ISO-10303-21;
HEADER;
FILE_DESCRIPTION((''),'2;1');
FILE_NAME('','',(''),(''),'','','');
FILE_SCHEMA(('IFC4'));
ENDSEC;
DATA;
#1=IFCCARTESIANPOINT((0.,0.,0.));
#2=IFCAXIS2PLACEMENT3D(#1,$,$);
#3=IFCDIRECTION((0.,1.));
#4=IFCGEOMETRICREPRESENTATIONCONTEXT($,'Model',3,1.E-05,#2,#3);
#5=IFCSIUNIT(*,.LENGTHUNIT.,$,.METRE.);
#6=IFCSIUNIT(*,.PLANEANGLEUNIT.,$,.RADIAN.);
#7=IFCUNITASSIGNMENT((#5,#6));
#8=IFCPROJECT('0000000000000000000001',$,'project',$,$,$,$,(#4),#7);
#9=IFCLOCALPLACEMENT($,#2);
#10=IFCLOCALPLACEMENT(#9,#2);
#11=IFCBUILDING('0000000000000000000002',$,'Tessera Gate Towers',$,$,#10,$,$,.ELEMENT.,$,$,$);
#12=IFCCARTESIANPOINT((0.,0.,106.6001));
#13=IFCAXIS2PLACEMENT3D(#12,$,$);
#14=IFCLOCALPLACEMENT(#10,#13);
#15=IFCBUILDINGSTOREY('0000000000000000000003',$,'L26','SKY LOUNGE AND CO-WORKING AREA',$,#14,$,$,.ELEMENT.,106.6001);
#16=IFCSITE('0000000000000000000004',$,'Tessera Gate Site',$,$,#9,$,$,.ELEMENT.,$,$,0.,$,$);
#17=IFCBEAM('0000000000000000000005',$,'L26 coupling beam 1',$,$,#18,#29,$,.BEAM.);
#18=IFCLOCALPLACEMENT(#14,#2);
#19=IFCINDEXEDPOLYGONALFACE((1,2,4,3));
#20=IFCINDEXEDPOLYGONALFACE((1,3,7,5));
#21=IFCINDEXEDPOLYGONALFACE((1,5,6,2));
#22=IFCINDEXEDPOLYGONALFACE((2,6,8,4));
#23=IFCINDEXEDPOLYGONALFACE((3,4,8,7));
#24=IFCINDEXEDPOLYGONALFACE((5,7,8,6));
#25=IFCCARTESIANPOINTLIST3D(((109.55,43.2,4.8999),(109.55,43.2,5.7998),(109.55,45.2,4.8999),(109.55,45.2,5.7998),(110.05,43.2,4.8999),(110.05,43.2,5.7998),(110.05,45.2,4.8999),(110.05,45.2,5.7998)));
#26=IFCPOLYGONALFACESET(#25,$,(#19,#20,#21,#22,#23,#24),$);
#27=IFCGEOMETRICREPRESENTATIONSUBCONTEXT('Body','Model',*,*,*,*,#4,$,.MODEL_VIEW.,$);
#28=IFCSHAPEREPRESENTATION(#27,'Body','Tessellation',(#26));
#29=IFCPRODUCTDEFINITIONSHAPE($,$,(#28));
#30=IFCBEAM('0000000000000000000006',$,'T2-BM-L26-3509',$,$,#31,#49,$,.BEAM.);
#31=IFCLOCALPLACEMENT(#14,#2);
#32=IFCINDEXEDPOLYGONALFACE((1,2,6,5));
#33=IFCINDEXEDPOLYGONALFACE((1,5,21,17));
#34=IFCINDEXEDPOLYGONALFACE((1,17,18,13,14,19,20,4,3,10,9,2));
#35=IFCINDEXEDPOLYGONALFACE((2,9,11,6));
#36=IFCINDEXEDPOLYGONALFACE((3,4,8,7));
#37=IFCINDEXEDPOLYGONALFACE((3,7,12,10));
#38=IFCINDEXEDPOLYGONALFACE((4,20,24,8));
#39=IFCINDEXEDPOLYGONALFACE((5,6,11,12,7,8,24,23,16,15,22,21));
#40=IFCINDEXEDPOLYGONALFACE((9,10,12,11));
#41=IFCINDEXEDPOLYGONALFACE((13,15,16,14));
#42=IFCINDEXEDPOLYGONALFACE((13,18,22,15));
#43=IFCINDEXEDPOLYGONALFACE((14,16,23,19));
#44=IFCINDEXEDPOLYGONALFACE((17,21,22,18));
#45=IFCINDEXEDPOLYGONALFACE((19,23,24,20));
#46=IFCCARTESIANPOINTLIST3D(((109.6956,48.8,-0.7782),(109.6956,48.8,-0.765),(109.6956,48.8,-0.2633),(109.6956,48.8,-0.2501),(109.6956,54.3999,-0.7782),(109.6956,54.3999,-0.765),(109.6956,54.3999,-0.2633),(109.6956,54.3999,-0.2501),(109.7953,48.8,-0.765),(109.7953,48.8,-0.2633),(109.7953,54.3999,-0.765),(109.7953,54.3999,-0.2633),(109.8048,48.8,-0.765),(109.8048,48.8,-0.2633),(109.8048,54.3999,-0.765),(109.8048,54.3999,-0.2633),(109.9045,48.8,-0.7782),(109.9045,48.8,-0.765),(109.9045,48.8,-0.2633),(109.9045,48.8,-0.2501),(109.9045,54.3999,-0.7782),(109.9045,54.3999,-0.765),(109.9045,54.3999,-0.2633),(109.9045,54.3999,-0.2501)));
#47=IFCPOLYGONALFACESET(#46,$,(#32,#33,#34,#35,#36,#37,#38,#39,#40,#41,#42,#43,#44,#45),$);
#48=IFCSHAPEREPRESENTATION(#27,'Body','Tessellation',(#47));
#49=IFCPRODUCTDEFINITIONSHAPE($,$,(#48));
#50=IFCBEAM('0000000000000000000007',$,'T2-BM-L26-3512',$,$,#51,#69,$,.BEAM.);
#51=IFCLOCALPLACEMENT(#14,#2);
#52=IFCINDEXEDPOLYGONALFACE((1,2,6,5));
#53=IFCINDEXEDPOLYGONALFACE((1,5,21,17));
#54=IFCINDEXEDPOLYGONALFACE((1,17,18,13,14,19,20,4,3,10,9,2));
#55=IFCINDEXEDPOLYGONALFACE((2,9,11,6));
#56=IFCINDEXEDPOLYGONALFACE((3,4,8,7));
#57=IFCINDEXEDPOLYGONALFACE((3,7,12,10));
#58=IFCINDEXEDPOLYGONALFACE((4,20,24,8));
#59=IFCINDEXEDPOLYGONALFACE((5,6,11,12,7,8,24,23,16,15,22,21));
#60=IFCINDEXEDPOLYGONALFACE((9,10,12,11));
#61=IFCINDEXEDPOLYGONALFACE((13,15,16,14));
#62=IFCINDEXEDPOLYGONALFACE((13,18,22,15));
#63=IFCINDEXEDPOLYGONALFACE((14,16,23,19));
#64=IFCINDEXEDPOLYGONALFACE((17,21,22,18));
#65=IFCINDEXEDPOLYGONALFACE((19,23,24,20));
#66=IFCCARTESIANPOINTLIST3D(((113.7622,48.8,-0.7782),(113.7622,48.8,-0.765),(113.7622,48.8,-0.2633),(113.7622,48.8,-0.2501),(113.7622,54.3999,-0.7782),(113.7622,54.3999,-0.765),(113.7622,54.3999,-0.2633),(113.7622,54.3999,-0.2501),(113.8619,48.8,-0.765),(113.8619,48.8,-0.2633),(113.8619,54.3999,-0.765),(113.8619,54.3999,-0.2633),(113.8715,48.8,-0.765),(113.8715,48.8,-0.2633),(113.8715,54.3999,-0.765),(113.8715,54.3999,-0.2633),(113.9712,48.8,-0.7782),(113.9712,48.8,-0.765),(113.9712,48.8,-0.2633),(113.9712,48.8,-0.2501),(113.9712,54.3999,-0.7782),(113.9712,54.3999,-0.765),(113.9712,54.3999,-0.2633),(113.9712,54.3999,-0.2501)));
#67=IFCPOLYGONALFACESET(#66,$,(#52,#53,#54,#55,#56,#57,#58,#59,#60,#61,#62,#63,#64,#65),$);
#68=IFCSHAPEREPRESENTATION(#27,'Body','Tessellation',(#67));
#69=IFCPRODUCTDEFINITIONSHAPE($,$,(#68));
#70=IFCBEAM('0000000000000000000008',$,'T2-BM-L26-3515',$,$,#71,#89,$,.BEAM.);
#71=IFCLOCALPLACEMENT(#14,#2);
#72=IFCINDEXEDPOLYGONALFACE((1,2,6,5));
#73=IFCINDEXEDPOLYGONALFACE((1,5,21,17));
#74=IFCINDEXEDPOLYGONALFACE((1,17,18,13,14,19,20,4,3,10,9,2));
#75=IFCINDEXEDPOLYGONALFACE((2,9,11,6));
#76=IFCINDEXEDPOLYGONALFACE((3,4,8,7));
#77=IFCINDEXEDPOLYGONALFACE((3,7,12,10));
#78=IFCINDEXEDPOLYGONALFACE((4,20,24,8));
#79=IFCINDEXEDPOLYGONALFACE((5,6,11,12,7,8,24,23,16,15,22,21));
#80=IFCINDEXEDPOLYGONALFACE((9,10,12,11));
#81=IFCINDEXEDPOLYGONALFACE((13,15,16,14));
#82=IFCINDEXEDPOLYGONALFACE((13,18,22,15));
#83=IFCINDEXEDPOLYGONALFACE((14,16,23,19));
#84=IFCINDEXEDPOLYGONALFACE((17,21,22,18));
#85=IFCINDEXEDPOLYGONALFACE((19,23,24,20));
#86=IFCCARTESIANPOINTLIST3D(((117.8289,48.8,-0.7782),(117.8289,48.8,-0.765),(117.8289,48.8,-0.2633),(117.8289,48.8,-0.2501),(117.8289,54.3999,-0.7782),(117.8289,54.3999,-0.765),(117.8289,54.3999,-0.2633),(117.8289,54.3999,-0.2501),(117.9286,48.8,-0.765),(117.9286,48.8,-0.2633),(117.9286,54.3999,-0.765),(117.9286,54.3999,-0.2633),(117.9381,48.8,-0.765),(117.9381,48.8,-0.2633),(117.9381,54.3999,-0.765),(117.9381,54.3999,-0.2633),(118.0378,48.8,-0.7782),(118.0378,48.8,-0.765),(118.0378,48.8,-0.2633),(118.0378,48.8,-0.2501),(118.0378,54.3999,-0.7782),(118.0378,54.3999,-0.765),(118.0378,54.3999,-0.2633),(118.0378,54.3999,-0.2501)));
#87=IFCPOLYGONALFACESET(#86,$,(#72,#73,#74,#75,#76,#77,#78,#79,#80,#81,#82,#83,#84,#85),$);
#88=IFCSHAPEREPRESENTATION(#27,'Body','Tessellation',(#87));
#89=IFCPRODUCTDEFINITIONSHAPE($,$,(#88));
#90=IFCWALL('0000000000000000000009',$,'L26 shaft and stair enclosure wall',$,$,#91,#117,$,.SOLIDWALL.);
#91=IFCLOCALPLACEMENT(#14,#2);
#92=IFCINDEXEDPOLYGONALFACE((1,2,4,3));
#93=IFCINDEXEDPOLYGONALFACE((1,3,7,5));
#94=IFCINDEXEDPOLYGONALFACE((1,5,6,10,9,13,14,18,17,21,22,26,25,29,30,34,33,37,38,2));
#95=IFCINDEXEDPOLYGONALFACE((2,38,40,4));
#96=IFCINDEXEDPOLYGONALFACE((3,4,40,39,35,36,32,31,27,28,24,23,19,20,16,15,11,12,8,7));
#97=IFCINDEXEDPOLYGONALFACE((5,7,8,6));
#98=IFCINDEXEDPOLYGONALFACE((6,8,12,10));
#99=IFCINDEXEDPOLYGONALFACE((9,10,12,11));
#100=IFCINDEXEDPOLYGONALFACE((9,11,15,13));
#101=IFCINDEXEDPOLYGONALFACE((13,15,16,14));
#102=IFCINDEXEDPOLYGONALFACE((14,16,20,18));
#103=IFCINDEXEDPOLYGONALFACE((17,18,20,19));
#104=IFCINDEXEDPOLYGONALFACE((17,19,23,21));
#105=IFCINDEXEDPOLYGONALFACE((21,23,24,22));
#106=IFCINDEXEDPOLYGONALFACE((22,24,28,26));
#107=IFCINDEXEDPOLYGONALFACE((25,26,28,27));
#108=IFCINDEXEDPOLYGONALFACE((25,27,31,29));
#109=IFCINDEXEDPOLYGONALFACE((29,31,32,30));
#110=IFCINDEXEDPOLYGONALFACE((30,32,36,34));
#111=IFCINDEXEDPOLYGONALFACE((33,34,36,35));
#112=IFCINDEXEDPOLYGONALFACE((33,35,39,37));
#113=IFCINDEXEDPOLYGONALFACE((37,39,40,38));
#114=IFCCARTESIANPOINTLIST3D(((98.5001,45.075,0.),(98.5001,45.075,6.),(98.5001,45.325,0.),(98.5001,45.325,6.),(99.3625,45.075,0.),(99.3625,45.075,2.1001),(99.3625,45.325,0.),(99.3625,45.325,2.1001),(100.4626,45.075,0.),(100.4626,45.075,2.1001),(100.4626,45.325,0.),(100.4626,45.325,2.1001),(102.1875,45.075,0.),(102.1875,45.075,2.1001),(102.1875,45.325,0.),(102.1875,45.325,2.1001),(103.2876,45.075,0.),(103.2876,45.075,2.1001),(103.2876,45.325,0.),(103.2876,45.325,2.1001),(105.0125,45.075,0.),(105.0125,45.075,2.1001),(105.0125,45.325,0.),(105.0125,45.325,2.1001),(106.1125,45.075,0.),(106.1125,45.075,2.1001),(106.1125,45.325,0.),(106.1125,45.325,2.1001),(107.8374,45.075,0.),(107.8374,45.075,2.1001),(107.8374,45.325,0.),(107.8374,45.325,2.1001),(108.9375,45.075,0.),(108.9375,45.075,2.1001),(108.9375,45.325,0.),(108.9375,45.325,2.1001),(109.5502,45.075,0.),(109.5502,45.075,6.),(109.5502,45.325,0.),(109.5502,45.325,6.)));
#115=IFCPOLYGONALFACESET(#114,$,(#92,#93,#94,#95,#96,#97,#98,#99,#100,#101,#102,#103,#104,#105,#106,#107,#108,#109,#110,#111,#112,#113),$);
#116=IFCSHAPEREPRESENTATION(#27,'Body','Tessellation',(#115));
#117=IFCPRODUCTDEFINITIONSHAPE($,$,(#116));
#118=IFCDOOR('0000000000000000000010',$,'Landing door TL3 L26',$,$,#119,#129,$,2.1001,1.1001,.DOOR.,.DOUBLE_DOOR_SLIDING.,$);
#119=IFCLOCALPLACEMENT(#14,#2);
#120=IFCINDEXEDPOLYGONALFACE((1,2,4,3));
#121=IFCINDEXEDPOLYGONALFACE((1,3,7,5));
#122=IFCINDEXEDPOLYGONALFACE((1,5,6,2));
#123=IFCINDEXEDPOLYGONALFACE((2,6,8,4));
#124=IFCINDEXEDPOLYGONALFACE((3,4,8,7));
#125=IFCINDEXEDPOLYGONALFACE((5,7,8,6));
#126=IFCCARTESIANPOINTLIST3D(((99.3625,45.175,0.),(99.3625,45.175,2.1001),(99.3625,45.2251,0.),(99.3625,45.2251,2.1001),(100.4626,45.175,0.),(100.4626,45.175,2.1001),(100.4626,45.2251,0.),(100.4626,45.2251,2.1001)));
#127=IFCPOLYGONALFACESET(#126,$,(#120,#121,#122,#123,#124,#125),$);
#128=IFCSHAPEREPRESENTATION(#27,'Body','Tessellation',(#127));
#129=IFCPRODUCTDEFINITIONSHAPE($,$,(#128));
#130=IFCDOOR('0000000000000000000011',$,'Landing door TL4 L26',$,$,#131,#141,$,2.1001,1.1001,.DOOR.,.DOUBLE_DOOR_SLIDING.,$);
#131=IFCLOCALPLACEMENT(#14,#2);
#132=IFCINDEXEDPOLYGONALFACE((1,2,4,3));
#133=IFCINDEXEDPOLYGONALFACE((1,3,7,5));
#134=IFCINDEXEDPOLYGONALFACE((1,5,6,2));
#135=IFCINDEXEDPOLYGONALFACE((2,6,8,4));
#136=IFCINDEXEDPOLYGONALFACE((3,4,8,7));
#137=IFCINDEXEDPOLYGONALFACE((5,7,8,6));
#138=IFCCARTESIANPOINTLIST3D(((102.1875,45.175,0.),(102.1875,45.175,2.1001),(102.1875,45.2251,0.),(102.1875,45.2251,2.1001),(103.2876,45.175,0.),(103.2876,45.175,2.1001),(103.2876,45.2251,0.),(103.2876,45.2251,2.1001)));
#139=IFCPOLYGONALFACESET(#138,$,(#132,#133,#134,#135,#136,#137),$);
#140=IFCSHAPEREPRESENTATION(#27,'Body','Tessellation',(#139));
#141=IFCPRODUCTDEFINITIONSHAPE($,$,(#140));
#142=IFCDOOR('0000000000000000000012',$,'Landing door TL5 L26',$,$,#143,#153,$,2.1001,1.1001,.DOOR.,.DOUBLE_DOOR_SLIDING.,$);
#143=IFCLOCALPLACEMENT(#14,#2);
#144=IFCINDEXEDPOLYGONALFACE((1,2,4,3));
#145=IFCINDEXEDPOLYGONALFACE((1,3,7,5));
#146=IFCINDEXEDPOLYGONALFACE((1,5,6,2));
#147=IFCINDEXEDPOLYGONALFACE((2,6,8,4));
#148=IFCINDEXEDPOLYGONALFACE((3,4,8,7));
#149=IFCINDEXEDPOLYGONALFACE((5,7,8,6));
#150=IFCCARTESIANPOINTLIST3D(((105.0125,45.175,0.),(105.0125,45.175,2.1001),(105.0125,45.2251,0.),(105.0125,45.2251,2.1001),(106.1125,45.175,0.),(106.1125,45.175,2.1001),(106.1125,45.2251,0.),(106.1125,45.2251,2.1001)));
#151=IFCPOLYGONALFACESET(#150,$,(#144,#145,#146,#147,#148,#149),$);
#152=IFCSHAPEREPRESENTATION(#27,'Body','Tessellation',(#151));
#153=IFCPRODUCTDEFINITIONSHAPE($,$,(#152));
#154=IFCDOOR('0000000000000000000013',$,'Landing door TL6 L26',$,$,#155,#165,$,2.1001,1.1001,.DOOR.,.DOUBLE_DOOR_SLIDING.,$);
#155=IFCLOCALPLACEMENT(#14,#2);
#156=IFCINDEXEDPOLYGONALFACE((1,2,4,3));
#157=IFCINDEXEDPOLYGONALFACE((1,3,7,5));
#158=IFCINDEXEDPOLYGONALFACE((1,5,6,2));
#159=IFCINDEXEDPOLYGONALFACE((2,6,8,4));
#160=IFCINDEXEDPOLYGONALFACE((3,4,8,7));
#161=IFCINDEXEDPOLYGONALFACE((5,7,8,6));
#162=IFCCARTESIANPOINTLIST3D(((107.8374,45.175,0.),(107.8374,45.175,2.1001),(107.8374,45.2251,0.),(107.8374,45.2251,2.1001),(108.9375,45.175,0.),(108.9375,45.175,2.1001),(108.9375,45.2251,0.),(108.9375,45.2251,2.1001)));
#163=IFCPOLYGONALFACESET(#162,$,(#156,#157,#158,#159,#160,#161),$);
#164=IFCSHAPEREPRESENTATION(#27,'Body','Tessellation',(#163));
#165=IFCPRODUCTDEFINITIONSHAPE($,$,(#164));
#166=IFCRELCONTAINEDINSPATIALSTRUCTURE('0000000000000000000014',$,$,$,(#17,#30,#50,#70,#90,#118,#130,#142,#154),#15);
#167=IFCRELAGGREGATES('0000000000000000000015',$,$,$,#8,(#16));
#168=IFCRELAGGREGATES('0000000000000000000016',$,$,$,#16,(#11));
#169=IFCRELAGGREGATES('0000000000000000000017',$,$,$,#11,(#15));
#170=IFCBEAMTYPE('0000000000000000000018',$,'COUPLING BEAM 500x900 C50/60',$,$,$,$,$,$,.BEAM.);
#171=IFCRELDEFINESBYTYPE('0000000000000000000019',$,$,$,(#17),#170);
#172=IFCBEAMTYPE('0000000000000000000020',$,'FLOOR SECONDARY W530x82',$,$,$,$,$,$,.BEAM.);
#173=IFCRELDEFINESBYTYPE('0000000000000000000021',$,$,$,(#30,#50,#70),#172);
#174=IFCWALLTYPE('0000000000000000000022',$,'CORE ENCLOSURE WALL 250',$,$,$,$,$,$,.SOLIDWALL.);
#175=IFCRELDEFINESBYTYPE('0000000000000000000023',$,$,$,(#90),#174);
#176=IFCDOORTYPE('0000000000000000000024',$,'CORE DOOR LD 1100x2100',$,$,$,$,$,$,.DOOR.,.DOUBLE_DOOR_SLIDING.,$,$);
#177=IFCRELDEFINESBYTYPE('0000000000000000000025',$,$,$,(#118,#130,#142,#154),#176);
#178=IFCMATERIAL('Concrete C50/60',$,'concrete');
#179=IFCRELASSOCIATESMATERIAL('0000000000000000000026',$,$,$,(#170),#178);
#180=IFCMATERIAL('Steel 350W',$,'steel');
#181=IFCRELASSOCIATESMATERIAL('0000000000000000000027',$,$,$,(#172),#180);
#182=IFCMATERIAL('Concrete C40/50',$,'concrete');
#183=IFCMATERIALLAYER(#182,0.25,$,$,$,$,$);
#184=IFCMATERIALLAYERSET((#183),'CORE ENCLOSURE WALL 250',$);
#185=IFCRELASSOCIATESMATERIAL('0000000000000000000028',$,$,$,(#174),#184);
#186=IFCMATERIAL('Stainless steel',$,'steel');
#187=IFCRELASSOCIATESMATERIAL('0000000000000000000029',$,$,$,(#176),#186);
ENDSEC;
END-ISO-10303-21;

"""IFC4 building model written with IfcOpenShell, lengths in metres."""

from ifc_helpers import new_model, si_unit, direction, frame, frame_2d, origin, origin_2d, place, context, subcontext, project, spatial, rectangle, i_section, extrude, source, transform, mapped, material, layer, layer_set, material_profile, profile_set, type_object, element, fill, save


model = new_model("IFC4")

# Units and contexts
model_context = context("Model", 3, precision=1e-05, world=origin(), true_north=direction((0.0, 1.0)))
body_context = subcontext(model_context, "Body", "Model", "MODEL_VIEW")
ifc_project = project(units=[si_unit("LENGTHUNIT", "METRE"), si_unit("PLANEANGLEUNIT", "RADIAN")], contexts=[model_context])

# Site, building, storey
site_placement = place(None, origin())
site = spatial("IfcSite", under=ifc_project, at=site_placement, Name="Tessera Gate Site", CompositionType="ELEMENT", RefElevation=0.0)
building_placement = place(site_placement, origin())
building = spatial("IfcBuilding", under=site, at=building_placement, Name="Tessera Gate Towers", CompositionType="ELEMENT")
storey_placement = place(building_placement, frame((0.0, 0.0, 106.6001)))
storey = spatial("IfcBuildingStorey", under=building, at=storey_placement, Name="L26", Description="SKY LOUNGE AND CO-WORKING AREA", CompositionType="ELEMENT", Elevation=106.6001)

# Beams
ifc_material_1 = material(Name="Concrete C50/60", Category="concrete")
ifc_material_profile_1 = material_profile(ifc_material_1, rectangle(XDim=0.5, YDim=0.8999, at=origin_2d()), Name="RC 500x900")
ifc_profile_set_1 = profile_set([ifc_material_profile_1], Name="Concrete C50/60")
beam_type_1 = type_object("IfcBeamType", Name="COUPLING BEAM 500x900 C50/60", PredefinedType="BEAM", material=ifc_profile_set_1)
beam_placement = place(storey_placement, frame((109.8, 43.2, 5.3499), z_axis=(0.0, 1.0, 0.0), x_axis=(-1.0, 0.0, 0.0)))
element("IfcBeam", 1, at=beam_placement, inside=storey, type_object=beam_type_1, Name="L26 coupling beam 1", PredefinedType="BEAM", context=body_context, shape_type="SweptSolid", body=[
    extrude(rectangle(XDim=0.5, YDim=0.8999, at=origin_2d()), origin(), (0.0, 0.0, 1.0), 2.0),
])
ifc_material_2 = material(Name="Steel 350W", Category="steel")
ifc_material_profile_2 = material_profile(ifc_material_2, i_section(OverallWidth=0.209, OverallDepth=0.5281, WebThickness=0.0095, FlangeThickness=0.0132, at=origin_2d()), Name="W530x82")
ifc_profile_set_2 = profile_set([ifc_material_profile_2], Name="Steel 350W")
beam_type_2 = type_object("IfcBeamType", Name="FLOOR SECONDARY W530x82", PredefinedType="BEAM", material=ifc_profile_set_2)
for number, where, z_axis, x_axis, name in (
    (2, (109.8, 48.8, -0.5142), (0.0, 1.0, 0.0), (-1.0, 0.0, 0.0), "T2-BM-L26-3509"),
    (3, (113.8667, 48.8, -0.5142), (0.0, 1.0, 0.0), (-1.0, 0.0, 0.0), "T2-BM-L26-3512"),
    (4, (117.9333, 48.8, -0.5142), (0.0, 1.0, 0.0), (-1.0, 0.0, 0.0), "T2-BM-L26-3515"),
):
    element("IfcBeam", number, at=place(storey_placement, frame(where, z_axis=z_axis, x_axis=x_axis)), inside=storey, type_object=beam_type_2, Name=name, PredefinedType="BEAM", context=body_context, shape_type="SweptSolid", body=[
        extrude(i_section(OverallWidth=0.209, OverallDepth=0.5281, WebThickness=0.0095, FlangeThickness=0.0132, at=origin_2d()), origin(), (0.0, 0.0, 1.0), 5.5999),
    ])

# Wall, openings, doors
ifc_material_3 = material(Name="Concrete C40/50", Category="concrete")
ifc_layer_1 = layer(ifc_material_3, 0.25)
ifc_layer_set_1 = layer_set([ifc_layer_1], Name="CORE ENCLOSURE WALL 250")
wall_type_1 = type_object("IfcWallType", Name="CORE ENCLOSURE WALL 250", PredefinedType="SOLIDWALL", material=ifc_layer_set_1)
wall_1_placement = place(storey_placement, frame((109.55, 45.2, 0.0), z_axis=(0.0, 0.0, 1.0), x_axis=(-1.0, 0.0, 0.0)))
wall_1 = element("IfcWall", 5, at=wall_1_placement, inside=storey, type_object=wall_type_1, Name="L26 shaft and stair enclosure wall", PredefinedType="SOLIDWALL", context=body_context, shape_type="SweptSolid", body=[
    extrude(rectangle(XDim=11.05, YDim=0.25, at=frame_2d((5.5249, 0.0))), origin(), (0.0, 0.0, 1.0), 6.0),
])
shared_shape_1 = source(origin(), body_context, "Body", "SweptSolid", [
    extrude(rectangle(XDim=1.1001, YDim=2.1001, at=frame_2d((0.55, 1.05))), frame((0.0, 0.135, 0.0), z_axis=(0.0, -1.0, 0.0), x_axis=(1.0, 0.0, 0.0)), (0.0, 0.0, 1.0), 0.27),
])
opening_1_placement = place(wall_1_placement, frame((9.0874, 0.0, 0.0)))
opening_1 = element("IfcOpeningElement", 6, at=opening_1_placement, cuts=wall_1, PredefinedType="OPENING", context=body_context, shape_type="MappedRepresentation", body=[
    mapped(shared_shape_1, transform((0.0, 0.0, 0.0), scale=1.0)),
])
opening_2_placement = place(wall_1_placement, frame((6.2625, 0.0, 0.0)))
opening_2 = element("IfcOpeningElement", 7, at=opening_2_placement, cuts=wall_1, PredefinedType="OPENING", context=body_context, shape_type="MappedRepresentation", body=[
    mapped(shared_shape_1, transform((0.0, 0.0, 0.0), scale=1.0)),
])
opening_3_placement = place(wall_1_placement, frame((3.4375, 0.0, 0.0)))
opening_3 = element("IfcOpeningElement", 8, at=opening_3_placement, cuts=wall_1, PredefinedType="OPENING", context=body_context, shape_type="MappedRepresentation", body=[
    mapped(shared_shape_1, transform((0.0, 0.0, 0.0), scale=1.0)),
])
opening_4_placement = place(wall_1_placement, frame((0.6125, 0.0, 0.0)))
opening_4 = element("IfcOpeningElement", 9, at=opening_4_placement, cuts=wall_1, PredefinedType="OPENING", context=body_context, shape_type="MappedRepresentation", body=[
    mapped(shared_shape_1, transform((0.0, 0.0, 0.0), scale=1.0)),
])
ifc_material_4 = material(Name="Stainless steel", Category="steel")
door_type_1 = type_object("IfcDoorType", Name="CORE DOOR LD 1100x2100", OperationType="DOUBLE_DOOR_SLIDING", PredefinedType="DOOR", material=ifc_material_4)
shared_shape_2 = source(origin(), body_context, "Body", "SweptSolid", [
    extrude(rectangle(XDim=1.1001, YDim=2.1001, at=frame_2d((0.55, 1.05))), frame((0.0, 0.0249, 0.0), z_axis=(0.0, -1.0, 0.0), x_axis=(1.0, 0.0, 0.0)), (0.0, 0.0, 1.0), 0.05),
])
door_1_placement = place(opening_1_placement, origin())
door_1 = element("IfcDoor", 10, at=door_1_placement, inside=storey, type_object=door_type_1, Name="Landing door TL3 L26", OperationType="DOUBLE_DOOR_SLIDING", OverallHeight=2.1001, OverallWidth=1.1001, PredefinedType="DOOR", context=body_context, shape_type="MappedRepresentation", body=[
    mapped(shared_shape_2, transform((0.0, 0.0, 0.0), scale=1.0)),
])
fill(opening_1, door_1)
door_2_placement = place(opening_2_placement, origin())
door_2 = element("IfcDoor", 11, at=door_2_placement, inside=storey, type_object=door_type_1, Name="Landing door TL4 L26", OperationType="DOUBLE_DOOR_SLIDING", OverallHeight=2.1001, OverallWidth=1.1001, PredefinedType="DOOR", context=body_context, shape_type="MappedRepresentation", body=[
    mapped(shared_shape_2, transform((0.0, 0.0, 0.0), scale=1.0)),
])
fill(opening_2, door_2)
door_3_placement = place(opening_3_placement, origin())
door_3 = element("IfcDoor", 12, at=door_3_placement, inside=storey, type_object=door_type_1, Name="Landing door TL5 L26", OperationType="DOUBLE_DOOR_SLIDING", OverallHeight=2.1001, OverallWidth=1.1001, PredefinedType="DOOR", context=body_context, shape_type="MappedRepresentation", body=[
    mapped(shared_shape_2, transform((0.0, 0.0, 0.0), scale=1.0)),
])
fill(opening_3, door_3)
door_4_placement = place(opening_4_placement, origin())
door_4 = element("IfcDoor", 13, at=door_4_placement, inside=storey, type_object=door_type_1, Name="Landing door TL6 L26", OperationType="DOUBLE_DOOR_SLIDING", OverallHeight=2.1001, OverallWidth=1.1001, PredefinedType="DOOR", context=body_context, shape_type="MappedRepresentation", body=[
    mapped(shared_shape_2, transform((0.0, 0.0, 0.0), scale=1.0)),
])
fill(opening_4, door_4)

save(model, "model.ifc")
